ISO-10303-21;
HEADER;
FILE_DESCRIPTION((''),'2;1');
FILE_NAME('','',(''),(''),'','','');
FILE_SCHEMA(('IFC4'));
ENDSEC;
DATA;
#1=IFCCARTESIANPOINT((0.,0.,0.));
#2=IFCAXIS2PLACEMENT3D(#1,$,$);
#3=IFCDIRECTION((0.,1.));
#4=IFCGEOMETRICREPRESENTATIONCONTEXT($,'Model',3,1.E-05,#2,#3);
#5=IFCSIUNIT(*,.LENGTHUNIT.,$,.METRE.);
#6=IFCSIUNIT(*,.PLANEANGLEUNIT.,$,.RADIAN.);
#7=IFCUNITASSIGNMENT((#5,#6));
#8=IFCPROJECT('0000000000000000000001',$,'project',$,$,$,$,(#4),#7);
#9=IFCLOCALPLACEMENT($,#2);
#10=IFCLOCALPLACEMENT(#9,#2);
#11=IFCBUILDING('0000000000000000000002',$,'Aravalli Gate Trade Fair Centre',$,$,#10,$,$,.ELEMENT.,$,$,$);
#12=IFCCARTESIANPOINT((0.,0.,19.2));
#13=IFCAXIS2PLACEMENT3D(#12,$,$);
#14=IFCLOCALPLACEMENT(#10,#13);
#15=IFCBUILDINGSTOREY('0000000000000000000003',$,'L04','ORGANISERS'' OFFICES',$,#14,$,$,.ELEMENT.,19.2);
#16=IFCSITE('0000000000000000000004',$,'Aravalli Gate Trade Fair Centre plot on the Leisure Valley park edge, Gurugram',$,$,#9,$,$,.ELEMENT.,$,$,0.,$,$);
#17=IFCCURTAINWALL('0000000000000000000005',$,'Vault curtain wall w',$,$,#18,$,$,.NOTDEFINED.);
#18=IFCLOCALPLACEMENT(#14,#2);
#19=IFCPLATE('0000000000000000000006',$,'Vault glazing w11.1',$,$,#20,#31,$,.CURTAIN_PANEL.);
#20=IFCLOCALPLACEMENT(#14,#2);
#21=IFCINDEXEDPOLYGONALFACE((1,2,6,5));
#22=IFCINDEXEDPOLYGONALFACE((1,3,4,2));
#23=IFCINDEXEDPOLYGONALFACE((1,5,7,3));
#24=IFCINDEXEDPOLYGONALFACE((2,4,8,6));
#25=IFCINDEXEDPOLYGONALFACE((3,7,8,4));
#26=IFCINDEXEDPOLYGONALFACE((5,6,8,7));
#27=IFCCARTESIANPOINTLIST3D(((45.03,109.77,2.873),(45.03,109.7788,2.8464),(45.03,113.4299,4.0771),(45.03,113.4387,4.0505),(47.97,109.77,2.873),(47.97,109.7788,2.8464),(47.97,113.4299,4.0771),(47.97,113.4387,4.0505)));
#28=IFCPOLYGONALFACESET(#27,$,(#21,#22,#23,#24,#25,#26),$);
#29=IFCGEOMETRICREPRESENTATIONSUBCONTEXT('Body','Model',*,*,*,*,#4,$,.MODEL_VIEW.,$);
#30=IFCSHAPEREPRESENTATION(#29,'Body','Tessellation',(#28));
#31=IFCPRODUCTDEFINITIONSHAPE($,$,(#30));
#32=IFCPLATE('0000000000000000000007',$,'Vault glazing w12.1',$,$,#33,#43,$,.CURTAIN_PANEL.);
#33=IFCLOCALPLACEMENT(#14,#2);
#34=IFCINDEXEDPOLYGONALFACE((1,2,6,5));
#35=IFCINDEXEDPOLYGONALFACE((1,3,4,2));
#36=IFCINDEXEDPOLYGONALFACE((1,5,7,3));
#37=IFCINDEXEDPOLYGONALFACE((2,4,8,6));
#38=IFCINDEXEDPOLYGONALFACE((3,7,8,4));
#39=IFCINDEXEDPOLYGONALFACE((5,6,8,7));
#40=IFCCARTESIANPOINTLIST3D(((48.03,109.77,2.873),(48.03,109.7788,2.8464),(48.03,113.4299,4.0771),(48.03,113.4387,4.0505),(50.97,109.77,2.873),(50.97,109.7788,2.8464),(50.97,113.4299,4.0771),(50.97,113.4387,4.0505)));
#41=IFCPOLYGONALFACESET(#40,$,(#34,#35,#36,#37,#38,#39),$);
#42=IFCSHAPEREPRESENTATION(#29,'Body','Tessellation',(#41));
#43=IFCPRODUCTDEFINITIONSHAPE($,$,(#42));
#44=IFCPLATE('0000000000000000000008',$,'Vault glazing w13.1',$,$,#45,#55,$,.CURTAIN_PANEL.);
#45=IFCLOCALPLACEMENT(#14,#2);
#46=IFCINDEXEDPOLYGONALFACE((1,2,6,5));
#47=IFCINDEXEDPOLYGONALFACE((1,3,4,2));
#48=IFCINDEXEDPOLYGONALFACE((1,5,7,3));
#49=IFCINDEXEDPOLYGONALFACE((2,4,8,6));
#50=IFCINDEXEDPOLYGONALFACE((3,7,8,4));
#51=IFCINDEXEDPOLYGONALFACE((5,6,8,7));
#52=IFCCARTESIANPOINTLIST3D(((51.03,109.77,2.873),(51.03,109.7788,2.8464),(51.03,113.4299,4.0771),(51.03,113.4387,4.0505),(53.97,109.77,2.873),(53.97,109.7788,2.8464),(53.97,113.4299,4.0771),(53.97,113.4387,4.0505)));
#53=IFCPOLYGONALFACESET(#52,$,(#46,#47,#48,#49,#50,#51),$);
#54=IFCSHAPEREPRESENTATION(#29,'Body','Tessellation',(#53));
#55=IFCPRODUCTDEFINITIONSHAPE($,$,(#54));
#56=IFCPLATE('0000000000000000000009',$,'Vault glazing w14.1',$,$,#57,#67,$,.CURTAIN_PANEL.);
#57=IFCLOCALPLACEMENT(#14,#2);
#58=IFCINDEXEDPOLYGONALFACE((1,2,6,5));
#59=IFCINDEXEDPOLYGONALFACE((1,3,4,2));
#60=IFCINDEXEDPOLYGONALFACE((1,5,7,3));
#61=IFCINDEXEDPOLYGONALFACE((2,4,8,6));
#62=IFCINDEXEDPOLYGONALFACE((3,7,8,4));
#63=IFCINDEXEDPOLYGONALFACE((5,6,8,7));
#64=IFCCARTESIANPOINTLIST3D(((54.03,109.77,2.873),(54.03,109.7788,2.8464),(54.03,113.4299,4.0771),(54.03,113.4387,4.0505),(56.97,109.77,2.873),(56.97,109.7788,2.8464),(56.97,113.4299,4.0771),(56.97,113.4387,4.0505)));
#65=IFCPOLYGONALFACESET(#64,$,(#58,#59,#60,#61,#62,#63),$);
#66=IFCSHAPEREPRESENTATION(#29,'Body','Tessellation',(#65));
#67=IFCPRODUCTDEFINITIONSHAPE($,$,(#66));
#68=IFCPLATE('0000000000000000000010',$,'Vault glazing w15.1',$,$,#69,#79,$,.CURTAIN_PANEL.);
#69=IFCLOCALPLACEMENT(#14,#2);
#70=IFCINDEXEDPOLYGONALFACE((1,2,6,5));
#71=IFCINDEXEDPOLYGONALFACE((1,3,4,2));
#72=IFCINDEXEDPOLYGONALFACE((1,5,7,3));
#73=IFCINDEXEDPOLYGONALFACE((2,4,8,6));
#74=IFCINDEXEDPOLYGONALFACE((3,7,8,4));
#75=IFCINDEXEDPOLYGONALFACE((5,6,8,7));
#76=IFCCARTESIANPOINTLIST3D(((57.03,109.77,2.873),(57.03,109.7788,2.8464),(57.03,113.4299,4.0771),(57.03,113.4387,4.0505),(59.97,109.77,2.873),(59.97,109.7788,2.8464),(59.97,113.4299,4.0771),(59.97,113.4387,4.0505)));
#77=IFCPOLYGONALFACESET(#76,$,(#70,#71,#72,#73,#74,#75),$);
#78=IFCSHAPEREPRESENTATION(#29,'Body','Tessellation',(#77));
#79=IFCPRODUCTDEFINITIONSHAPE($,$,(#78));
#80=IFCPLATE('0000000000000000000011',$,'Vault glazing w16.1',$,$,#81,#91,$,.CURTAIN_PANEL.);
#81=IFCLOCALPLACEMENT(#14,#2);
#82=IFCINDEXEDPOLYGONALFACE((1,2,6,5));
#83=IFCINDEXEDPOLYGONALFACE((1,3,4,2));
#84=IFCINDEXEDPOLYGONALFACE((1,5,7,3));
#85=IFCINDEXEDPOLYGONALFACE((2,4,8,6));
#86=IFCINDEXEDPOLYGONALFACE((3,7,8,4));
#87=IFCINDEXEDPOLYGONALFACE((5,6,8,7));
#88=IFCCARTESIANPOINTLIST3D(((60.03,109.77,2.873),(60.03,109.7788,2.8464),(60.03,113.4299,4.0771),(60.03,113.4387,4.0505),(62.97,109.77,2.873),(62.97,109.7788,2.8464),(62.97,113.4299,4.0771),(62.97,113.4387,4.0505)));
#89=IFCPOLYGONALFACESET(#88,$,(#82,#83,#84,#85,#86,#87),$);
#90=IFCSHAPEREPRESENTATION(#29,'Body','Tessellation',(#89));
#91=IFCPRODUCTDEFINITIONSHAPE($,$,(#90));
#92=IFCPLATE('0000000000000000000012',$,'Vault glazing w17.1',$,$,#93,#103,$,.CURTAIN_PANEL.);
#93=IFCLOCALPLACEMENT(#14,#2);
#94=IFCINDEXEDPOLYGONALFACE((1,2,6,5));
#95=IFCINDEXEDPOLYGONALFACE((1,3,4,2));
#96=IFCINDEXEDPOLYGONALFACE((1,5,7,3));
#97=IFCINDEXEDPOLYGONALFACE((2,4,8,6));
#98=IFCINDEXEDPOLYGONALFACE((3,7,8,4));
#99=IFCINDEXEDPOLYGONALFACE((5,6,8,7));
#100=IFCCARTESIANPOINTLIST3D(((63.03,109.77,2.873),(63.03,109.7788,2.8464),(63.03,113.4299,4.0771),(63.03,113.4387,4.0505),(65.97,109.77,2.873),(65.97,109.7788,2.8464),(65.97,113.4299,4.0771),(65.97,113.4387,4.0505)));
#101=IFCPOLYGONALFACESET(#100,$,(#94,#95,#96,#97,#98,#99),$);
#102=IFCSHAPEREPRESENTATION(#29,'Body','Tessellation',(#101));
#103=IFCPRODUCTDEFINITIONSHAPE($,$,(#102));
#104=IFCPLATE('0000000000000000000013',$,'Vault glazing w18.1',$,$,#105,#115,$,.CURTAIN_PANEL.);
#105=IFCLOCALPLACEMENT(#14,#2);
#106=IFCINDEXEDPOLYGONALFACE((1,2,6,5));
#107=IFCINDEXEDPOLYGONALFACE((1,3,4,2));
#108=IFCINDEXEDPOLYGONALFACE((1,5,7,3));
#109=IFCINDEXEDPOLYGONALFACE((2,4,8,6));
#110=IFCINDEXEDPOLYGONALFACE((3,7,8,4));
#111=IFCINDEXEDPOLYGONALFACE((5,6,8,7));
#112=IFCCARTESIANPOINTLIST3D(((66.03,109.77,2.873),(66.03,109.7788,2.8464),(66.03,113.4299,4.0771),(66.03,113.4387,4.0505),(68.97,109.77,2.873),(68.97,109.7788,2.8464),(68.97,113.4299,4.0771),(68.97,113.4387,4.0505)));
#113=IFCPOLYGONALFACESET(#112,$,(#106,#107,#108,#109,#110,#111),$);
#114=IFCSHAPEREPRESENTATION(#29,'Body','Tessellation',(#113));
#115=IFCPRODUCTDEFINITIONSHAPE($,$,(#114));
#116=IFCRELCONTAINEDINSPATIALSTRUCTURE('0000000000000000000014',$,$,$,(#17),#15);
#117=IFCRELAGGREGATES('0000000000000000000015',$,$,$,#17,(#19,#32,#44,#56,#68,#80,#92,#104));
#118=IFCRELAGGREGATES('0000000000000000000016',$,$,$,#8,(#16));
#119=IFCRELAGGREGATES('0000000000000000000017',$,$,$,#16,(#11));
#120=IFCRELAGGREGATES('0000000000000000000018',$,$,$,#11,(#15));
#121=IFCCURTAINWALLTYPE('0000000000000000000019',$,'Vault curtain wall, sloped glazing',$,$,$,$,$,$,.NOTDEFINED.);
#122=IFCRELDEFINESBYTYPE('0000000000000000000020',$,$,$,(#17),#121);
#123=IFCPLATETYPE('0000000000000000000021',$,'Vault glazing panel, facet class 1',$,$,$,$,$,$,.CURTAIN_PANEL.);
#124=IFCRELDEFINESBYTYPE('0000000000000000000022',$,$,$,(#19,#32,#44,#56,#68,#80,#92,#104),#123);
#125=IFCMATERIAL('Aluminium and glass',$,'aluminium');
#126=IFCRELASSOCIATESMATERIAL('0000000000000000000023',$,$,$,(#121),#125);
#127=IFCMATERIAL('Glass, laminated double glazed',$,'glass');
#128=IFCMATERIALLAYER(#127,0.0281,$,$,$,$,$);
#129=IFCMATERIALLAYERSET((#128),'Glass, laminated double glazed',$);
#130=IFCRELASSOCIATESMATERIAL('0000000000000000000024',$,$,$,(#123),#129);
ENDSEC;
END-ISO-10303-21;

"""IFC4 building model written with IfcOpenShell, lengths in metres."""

from ifc_helpers import new_model, si_unit, direction, frame, origin, place, context, subcontext, project, spatial, polyline, outline, extrude, material, layer, layer_set, type_object, element, aggregate, save


model = new_model("IFC4")

# Units and contexts
model_context = context("Model", 3, precision=1e-05, world=origin(), true_north=direction((0.0, 1.0)))
body_context = subcontext(model_context, "Body", "Model", "MODEL_VIEW")
ifc_project = project(units=[si_unit("LENGTHUNIT", "METRE"), si_unit("PLANEANGLEUNIT", "RADIAN")], contexts=[model_context])

# Site, building, storey
site_placement = place(None, origin())
site = spatial("IfcSite", under=ifc_project, at=site_placement, Name="Aravalli Gate Trade Fair Centre plot on the Leisure Valley park edge, Gurugram", CompositionType="ELEMENT", RefElevation=0.0)
building_placement = place(site_placement, origin())
building = spatial("IfcBuilding", under=site, at=building_placement, Name="Aravalli Gate Trade Fair Centre", CompositionType="ELEMENT")
storey_placement = place(building_placement, frame((0.0, 0.0, 19.2)))
storey = spatial("IfcBuildingStorey", under=building, at=storey_placement, Name="L04", Description="ORGANISERS' OFFICES", CompositionType="ELEMENT", Elevation=19.2)

# Curtain wall, plates
ifc_material_1 = material(Name="Aluminium and glass", Category="aluminium")
curtain_wall_type = type_object("IfcCurtainWallType", Name="Vault curtain wall, sloped glazing", PredefinedType="NOTDEFINED", material=ifc_material_1)
curtain_wall_placement = place(storey_placement, origin())
curtain_wall = element("IfcCurtainWall", 1, at=curtain_wall_placement, inside=storey, type_object=curtain_wall_type, Name="Vault curtain wall w", PredefinedType="NOTDEFINED")
ifc_material_2 = material(Name="Glass, laminated double glazed", Category="glass")
ifc_layer = layer(ifc_material_2, 0.0281)
ifc_layer_set = layer_set([ifc_layer], Name="Glass, laminated double glazed")
plate_type = type_object("IfcPlateType", Name="Vault glazing panel, facet class 1", PredefinedType="CURTAIN_PANEL", material=ifc_layer_set)
plate_1_placement = place(storey_placement, frame((45.03, 109.77, 2.873), z_axis=(0.0, -0.312518, 0.949912), x_axis=(1.0, 0.0, 0.0)))
plate_1 = element("IfcPlate", 2, at=plate_1_placement, type_object=plate_type, Name="Vault glazing w11.1", PredefinedType="CURTAIN_PANEL", context=body_context, shape_type="SweptSolid", body=[
    extrude(outline(polyline([(0.0, 0.0), (2.9399, 0.0), (2.9399, 3.8529), (0.0, 3.8529), (0.0, 0.0)])), origin(), (0.0, 0.0, -1.0), 0.0281),
])
plate_2_placement = place(storey_placement, frame((48.03, 109.77, 2.873), z_axis=(0.0, -0.312518, 0.949912), x_axis=(1.0, 0.0, 0.0)))
plate_2 = element("IfcPlate", 3, at=plate_2_placement, type_object=plate_type, Name="Vault glazing w12.1", PredefinedType="CURTAIN_PANEL", context=body_context, shape_type="SweptSolid", body=[
    extrude(outline(polyline([(0.0, 0.0), (2.9399, 0.0), (2.9399, 3.8529), (0.0, 3.8529), (0.0, 0.0)])), origin(), (0.0, 0.0, -1.0), 0.0281),
])
plate_3_placement = place(storey_placement, frame((51.03, 109.77, 2.873), z_axis=(0.0, -0.312518, 0.949912), x_axis=(1.0, 0.0, 0.0)))
plate_3 = element("IfcPlate", 4, at=plate_3_placement, type_object=plate_type, Name="Vault glazing w13.1", PredefinedType="CURTAIN_PANEL", context=body_context, shape_type="SweptSolid", body=[
    extrude(outline(polyline([(0.0, 0.0), (2.9399, 0.0), (2.9399, 3.8529), (0.0, 3.8529), (0.0, 0.0)])), origin(), (0.0, 0.0, -1.0), 0.0281),
])
plate_4_placement = place(storey_placement, frame((54.03, 109.77, 2.873), z_axis=(0.0, -0.312518, 0.949912), x_axis=(1.0, 0.0, 0.0)))
plate_4 = element("IfcPlate", 5, at=plate_4_placement, type_object=plate_type, Name="Vault glazing w14.1", PredefinedType="CURTAIN_PANEL", context=body_context, shape_type="SweptSolid", body=[
    extrude(outline(polyline([(0.0, 0.0), (2.9399, 0.0), (2.9399, 3.8529), (0.0, 3.8529), (0.0, 0.0)])), origin(), (0.0, 0.0, -1.0), 0.0281),
])
plate_5_placement = place(storey_placement, frame((57.03, 109.77, 2.873), z_axis=(0.0, -0.312518, 0.949912), x_axis=(1.0, 0.0, 0.0)))
plate_5 = element("IfcPlate", 6, at=plate_5_placement, type_object=plate_type, Name="Vault glazing w15.1", PredefinedType="CURTAIN_PANEL", context=body_context, shape_type="SweptSolid", body=[
    extrude(outline(polyline([(0.0, 0.0), (2.9399, 0.0), (2.9399, 3.8529), (0.0, 3.8529), (0.0, 0.0)])), origin(), (0.0, 0.0, -1.0), 0.0281),
])
plate_6_placement = place(storey_placement, frame((60.03, 109.77, 2.873), z_axis=(0.0, -0.312518, 0.949912), x_axis=(1.0, 0.0, 0.0)))
plate_6 = element("IfcPlate", 7, at=plate_6_placement, type_object=plate_type, Name="Vault glazing w16.1", PredefinedType="CURTAIN_PANEL", context=body_context, shape_type="SweptSolid", body=[
    extrude(outline(polyline([(0.0, 0.0), (2.9399, 0.0), (2.9399, 3.8529), (0.0, 3.8529), (0.0, 0.0)])), origin(), (0.0, 0.0, -1.0), 0.0281),
])
plate_7_placement = place(storey_placement, frame((63.03, 109.77, 2.873), z_axis=(0.0, -0.312518, 0.949912), x_axis=(1.0, 0.0, 0.0)))
plate_7 = element("IfcPlate", 8, at=plate_7_placement, type_object=plate_type, Name="Vault glazing w17.1", PredefinedType="CURTAIN_PANEL", context=body_context, shape_type="SweptSolid", body=[
    extrude(outline(polyline([(0.0, 0.0), (2.9399, 0.0), (2.9399, 3.8529), (0.0, 3.8529), (0.0, 0.0)])), origin(), (0.0, 0.0, -1.0), 0.0281),
])
plate_8_placement = place(storey_placement, frame((66.03, 109.77, 2.873), z_axis=(0.0, -0.312518, 0.949912), x_axis=(1.0, 0.0, 0.0)))
plate_8 = element("IfcPlate", 9, at=plate_8_placement, type_object=plate_type, Name="Vault glazing w18.1", PredefinedType="CURTAIN_PANEL", context=body_context, shape_type="SweptSolid", body=[
    extrude(outline(polyline([(0.0, 0.0), (2.9399, 0.0), (2.9399, 3.8529), (0.0, 3.8529), (0.0, 0.0)])), origin(), (0.0, 0.0, -1.0), 0.0281),
])
aggregate(curtain_wall, [plate_1, plate_2, plate_3, plate_4, plate_5, plate_6, plate_7, plate_8])

save(model, "model.ifc")
